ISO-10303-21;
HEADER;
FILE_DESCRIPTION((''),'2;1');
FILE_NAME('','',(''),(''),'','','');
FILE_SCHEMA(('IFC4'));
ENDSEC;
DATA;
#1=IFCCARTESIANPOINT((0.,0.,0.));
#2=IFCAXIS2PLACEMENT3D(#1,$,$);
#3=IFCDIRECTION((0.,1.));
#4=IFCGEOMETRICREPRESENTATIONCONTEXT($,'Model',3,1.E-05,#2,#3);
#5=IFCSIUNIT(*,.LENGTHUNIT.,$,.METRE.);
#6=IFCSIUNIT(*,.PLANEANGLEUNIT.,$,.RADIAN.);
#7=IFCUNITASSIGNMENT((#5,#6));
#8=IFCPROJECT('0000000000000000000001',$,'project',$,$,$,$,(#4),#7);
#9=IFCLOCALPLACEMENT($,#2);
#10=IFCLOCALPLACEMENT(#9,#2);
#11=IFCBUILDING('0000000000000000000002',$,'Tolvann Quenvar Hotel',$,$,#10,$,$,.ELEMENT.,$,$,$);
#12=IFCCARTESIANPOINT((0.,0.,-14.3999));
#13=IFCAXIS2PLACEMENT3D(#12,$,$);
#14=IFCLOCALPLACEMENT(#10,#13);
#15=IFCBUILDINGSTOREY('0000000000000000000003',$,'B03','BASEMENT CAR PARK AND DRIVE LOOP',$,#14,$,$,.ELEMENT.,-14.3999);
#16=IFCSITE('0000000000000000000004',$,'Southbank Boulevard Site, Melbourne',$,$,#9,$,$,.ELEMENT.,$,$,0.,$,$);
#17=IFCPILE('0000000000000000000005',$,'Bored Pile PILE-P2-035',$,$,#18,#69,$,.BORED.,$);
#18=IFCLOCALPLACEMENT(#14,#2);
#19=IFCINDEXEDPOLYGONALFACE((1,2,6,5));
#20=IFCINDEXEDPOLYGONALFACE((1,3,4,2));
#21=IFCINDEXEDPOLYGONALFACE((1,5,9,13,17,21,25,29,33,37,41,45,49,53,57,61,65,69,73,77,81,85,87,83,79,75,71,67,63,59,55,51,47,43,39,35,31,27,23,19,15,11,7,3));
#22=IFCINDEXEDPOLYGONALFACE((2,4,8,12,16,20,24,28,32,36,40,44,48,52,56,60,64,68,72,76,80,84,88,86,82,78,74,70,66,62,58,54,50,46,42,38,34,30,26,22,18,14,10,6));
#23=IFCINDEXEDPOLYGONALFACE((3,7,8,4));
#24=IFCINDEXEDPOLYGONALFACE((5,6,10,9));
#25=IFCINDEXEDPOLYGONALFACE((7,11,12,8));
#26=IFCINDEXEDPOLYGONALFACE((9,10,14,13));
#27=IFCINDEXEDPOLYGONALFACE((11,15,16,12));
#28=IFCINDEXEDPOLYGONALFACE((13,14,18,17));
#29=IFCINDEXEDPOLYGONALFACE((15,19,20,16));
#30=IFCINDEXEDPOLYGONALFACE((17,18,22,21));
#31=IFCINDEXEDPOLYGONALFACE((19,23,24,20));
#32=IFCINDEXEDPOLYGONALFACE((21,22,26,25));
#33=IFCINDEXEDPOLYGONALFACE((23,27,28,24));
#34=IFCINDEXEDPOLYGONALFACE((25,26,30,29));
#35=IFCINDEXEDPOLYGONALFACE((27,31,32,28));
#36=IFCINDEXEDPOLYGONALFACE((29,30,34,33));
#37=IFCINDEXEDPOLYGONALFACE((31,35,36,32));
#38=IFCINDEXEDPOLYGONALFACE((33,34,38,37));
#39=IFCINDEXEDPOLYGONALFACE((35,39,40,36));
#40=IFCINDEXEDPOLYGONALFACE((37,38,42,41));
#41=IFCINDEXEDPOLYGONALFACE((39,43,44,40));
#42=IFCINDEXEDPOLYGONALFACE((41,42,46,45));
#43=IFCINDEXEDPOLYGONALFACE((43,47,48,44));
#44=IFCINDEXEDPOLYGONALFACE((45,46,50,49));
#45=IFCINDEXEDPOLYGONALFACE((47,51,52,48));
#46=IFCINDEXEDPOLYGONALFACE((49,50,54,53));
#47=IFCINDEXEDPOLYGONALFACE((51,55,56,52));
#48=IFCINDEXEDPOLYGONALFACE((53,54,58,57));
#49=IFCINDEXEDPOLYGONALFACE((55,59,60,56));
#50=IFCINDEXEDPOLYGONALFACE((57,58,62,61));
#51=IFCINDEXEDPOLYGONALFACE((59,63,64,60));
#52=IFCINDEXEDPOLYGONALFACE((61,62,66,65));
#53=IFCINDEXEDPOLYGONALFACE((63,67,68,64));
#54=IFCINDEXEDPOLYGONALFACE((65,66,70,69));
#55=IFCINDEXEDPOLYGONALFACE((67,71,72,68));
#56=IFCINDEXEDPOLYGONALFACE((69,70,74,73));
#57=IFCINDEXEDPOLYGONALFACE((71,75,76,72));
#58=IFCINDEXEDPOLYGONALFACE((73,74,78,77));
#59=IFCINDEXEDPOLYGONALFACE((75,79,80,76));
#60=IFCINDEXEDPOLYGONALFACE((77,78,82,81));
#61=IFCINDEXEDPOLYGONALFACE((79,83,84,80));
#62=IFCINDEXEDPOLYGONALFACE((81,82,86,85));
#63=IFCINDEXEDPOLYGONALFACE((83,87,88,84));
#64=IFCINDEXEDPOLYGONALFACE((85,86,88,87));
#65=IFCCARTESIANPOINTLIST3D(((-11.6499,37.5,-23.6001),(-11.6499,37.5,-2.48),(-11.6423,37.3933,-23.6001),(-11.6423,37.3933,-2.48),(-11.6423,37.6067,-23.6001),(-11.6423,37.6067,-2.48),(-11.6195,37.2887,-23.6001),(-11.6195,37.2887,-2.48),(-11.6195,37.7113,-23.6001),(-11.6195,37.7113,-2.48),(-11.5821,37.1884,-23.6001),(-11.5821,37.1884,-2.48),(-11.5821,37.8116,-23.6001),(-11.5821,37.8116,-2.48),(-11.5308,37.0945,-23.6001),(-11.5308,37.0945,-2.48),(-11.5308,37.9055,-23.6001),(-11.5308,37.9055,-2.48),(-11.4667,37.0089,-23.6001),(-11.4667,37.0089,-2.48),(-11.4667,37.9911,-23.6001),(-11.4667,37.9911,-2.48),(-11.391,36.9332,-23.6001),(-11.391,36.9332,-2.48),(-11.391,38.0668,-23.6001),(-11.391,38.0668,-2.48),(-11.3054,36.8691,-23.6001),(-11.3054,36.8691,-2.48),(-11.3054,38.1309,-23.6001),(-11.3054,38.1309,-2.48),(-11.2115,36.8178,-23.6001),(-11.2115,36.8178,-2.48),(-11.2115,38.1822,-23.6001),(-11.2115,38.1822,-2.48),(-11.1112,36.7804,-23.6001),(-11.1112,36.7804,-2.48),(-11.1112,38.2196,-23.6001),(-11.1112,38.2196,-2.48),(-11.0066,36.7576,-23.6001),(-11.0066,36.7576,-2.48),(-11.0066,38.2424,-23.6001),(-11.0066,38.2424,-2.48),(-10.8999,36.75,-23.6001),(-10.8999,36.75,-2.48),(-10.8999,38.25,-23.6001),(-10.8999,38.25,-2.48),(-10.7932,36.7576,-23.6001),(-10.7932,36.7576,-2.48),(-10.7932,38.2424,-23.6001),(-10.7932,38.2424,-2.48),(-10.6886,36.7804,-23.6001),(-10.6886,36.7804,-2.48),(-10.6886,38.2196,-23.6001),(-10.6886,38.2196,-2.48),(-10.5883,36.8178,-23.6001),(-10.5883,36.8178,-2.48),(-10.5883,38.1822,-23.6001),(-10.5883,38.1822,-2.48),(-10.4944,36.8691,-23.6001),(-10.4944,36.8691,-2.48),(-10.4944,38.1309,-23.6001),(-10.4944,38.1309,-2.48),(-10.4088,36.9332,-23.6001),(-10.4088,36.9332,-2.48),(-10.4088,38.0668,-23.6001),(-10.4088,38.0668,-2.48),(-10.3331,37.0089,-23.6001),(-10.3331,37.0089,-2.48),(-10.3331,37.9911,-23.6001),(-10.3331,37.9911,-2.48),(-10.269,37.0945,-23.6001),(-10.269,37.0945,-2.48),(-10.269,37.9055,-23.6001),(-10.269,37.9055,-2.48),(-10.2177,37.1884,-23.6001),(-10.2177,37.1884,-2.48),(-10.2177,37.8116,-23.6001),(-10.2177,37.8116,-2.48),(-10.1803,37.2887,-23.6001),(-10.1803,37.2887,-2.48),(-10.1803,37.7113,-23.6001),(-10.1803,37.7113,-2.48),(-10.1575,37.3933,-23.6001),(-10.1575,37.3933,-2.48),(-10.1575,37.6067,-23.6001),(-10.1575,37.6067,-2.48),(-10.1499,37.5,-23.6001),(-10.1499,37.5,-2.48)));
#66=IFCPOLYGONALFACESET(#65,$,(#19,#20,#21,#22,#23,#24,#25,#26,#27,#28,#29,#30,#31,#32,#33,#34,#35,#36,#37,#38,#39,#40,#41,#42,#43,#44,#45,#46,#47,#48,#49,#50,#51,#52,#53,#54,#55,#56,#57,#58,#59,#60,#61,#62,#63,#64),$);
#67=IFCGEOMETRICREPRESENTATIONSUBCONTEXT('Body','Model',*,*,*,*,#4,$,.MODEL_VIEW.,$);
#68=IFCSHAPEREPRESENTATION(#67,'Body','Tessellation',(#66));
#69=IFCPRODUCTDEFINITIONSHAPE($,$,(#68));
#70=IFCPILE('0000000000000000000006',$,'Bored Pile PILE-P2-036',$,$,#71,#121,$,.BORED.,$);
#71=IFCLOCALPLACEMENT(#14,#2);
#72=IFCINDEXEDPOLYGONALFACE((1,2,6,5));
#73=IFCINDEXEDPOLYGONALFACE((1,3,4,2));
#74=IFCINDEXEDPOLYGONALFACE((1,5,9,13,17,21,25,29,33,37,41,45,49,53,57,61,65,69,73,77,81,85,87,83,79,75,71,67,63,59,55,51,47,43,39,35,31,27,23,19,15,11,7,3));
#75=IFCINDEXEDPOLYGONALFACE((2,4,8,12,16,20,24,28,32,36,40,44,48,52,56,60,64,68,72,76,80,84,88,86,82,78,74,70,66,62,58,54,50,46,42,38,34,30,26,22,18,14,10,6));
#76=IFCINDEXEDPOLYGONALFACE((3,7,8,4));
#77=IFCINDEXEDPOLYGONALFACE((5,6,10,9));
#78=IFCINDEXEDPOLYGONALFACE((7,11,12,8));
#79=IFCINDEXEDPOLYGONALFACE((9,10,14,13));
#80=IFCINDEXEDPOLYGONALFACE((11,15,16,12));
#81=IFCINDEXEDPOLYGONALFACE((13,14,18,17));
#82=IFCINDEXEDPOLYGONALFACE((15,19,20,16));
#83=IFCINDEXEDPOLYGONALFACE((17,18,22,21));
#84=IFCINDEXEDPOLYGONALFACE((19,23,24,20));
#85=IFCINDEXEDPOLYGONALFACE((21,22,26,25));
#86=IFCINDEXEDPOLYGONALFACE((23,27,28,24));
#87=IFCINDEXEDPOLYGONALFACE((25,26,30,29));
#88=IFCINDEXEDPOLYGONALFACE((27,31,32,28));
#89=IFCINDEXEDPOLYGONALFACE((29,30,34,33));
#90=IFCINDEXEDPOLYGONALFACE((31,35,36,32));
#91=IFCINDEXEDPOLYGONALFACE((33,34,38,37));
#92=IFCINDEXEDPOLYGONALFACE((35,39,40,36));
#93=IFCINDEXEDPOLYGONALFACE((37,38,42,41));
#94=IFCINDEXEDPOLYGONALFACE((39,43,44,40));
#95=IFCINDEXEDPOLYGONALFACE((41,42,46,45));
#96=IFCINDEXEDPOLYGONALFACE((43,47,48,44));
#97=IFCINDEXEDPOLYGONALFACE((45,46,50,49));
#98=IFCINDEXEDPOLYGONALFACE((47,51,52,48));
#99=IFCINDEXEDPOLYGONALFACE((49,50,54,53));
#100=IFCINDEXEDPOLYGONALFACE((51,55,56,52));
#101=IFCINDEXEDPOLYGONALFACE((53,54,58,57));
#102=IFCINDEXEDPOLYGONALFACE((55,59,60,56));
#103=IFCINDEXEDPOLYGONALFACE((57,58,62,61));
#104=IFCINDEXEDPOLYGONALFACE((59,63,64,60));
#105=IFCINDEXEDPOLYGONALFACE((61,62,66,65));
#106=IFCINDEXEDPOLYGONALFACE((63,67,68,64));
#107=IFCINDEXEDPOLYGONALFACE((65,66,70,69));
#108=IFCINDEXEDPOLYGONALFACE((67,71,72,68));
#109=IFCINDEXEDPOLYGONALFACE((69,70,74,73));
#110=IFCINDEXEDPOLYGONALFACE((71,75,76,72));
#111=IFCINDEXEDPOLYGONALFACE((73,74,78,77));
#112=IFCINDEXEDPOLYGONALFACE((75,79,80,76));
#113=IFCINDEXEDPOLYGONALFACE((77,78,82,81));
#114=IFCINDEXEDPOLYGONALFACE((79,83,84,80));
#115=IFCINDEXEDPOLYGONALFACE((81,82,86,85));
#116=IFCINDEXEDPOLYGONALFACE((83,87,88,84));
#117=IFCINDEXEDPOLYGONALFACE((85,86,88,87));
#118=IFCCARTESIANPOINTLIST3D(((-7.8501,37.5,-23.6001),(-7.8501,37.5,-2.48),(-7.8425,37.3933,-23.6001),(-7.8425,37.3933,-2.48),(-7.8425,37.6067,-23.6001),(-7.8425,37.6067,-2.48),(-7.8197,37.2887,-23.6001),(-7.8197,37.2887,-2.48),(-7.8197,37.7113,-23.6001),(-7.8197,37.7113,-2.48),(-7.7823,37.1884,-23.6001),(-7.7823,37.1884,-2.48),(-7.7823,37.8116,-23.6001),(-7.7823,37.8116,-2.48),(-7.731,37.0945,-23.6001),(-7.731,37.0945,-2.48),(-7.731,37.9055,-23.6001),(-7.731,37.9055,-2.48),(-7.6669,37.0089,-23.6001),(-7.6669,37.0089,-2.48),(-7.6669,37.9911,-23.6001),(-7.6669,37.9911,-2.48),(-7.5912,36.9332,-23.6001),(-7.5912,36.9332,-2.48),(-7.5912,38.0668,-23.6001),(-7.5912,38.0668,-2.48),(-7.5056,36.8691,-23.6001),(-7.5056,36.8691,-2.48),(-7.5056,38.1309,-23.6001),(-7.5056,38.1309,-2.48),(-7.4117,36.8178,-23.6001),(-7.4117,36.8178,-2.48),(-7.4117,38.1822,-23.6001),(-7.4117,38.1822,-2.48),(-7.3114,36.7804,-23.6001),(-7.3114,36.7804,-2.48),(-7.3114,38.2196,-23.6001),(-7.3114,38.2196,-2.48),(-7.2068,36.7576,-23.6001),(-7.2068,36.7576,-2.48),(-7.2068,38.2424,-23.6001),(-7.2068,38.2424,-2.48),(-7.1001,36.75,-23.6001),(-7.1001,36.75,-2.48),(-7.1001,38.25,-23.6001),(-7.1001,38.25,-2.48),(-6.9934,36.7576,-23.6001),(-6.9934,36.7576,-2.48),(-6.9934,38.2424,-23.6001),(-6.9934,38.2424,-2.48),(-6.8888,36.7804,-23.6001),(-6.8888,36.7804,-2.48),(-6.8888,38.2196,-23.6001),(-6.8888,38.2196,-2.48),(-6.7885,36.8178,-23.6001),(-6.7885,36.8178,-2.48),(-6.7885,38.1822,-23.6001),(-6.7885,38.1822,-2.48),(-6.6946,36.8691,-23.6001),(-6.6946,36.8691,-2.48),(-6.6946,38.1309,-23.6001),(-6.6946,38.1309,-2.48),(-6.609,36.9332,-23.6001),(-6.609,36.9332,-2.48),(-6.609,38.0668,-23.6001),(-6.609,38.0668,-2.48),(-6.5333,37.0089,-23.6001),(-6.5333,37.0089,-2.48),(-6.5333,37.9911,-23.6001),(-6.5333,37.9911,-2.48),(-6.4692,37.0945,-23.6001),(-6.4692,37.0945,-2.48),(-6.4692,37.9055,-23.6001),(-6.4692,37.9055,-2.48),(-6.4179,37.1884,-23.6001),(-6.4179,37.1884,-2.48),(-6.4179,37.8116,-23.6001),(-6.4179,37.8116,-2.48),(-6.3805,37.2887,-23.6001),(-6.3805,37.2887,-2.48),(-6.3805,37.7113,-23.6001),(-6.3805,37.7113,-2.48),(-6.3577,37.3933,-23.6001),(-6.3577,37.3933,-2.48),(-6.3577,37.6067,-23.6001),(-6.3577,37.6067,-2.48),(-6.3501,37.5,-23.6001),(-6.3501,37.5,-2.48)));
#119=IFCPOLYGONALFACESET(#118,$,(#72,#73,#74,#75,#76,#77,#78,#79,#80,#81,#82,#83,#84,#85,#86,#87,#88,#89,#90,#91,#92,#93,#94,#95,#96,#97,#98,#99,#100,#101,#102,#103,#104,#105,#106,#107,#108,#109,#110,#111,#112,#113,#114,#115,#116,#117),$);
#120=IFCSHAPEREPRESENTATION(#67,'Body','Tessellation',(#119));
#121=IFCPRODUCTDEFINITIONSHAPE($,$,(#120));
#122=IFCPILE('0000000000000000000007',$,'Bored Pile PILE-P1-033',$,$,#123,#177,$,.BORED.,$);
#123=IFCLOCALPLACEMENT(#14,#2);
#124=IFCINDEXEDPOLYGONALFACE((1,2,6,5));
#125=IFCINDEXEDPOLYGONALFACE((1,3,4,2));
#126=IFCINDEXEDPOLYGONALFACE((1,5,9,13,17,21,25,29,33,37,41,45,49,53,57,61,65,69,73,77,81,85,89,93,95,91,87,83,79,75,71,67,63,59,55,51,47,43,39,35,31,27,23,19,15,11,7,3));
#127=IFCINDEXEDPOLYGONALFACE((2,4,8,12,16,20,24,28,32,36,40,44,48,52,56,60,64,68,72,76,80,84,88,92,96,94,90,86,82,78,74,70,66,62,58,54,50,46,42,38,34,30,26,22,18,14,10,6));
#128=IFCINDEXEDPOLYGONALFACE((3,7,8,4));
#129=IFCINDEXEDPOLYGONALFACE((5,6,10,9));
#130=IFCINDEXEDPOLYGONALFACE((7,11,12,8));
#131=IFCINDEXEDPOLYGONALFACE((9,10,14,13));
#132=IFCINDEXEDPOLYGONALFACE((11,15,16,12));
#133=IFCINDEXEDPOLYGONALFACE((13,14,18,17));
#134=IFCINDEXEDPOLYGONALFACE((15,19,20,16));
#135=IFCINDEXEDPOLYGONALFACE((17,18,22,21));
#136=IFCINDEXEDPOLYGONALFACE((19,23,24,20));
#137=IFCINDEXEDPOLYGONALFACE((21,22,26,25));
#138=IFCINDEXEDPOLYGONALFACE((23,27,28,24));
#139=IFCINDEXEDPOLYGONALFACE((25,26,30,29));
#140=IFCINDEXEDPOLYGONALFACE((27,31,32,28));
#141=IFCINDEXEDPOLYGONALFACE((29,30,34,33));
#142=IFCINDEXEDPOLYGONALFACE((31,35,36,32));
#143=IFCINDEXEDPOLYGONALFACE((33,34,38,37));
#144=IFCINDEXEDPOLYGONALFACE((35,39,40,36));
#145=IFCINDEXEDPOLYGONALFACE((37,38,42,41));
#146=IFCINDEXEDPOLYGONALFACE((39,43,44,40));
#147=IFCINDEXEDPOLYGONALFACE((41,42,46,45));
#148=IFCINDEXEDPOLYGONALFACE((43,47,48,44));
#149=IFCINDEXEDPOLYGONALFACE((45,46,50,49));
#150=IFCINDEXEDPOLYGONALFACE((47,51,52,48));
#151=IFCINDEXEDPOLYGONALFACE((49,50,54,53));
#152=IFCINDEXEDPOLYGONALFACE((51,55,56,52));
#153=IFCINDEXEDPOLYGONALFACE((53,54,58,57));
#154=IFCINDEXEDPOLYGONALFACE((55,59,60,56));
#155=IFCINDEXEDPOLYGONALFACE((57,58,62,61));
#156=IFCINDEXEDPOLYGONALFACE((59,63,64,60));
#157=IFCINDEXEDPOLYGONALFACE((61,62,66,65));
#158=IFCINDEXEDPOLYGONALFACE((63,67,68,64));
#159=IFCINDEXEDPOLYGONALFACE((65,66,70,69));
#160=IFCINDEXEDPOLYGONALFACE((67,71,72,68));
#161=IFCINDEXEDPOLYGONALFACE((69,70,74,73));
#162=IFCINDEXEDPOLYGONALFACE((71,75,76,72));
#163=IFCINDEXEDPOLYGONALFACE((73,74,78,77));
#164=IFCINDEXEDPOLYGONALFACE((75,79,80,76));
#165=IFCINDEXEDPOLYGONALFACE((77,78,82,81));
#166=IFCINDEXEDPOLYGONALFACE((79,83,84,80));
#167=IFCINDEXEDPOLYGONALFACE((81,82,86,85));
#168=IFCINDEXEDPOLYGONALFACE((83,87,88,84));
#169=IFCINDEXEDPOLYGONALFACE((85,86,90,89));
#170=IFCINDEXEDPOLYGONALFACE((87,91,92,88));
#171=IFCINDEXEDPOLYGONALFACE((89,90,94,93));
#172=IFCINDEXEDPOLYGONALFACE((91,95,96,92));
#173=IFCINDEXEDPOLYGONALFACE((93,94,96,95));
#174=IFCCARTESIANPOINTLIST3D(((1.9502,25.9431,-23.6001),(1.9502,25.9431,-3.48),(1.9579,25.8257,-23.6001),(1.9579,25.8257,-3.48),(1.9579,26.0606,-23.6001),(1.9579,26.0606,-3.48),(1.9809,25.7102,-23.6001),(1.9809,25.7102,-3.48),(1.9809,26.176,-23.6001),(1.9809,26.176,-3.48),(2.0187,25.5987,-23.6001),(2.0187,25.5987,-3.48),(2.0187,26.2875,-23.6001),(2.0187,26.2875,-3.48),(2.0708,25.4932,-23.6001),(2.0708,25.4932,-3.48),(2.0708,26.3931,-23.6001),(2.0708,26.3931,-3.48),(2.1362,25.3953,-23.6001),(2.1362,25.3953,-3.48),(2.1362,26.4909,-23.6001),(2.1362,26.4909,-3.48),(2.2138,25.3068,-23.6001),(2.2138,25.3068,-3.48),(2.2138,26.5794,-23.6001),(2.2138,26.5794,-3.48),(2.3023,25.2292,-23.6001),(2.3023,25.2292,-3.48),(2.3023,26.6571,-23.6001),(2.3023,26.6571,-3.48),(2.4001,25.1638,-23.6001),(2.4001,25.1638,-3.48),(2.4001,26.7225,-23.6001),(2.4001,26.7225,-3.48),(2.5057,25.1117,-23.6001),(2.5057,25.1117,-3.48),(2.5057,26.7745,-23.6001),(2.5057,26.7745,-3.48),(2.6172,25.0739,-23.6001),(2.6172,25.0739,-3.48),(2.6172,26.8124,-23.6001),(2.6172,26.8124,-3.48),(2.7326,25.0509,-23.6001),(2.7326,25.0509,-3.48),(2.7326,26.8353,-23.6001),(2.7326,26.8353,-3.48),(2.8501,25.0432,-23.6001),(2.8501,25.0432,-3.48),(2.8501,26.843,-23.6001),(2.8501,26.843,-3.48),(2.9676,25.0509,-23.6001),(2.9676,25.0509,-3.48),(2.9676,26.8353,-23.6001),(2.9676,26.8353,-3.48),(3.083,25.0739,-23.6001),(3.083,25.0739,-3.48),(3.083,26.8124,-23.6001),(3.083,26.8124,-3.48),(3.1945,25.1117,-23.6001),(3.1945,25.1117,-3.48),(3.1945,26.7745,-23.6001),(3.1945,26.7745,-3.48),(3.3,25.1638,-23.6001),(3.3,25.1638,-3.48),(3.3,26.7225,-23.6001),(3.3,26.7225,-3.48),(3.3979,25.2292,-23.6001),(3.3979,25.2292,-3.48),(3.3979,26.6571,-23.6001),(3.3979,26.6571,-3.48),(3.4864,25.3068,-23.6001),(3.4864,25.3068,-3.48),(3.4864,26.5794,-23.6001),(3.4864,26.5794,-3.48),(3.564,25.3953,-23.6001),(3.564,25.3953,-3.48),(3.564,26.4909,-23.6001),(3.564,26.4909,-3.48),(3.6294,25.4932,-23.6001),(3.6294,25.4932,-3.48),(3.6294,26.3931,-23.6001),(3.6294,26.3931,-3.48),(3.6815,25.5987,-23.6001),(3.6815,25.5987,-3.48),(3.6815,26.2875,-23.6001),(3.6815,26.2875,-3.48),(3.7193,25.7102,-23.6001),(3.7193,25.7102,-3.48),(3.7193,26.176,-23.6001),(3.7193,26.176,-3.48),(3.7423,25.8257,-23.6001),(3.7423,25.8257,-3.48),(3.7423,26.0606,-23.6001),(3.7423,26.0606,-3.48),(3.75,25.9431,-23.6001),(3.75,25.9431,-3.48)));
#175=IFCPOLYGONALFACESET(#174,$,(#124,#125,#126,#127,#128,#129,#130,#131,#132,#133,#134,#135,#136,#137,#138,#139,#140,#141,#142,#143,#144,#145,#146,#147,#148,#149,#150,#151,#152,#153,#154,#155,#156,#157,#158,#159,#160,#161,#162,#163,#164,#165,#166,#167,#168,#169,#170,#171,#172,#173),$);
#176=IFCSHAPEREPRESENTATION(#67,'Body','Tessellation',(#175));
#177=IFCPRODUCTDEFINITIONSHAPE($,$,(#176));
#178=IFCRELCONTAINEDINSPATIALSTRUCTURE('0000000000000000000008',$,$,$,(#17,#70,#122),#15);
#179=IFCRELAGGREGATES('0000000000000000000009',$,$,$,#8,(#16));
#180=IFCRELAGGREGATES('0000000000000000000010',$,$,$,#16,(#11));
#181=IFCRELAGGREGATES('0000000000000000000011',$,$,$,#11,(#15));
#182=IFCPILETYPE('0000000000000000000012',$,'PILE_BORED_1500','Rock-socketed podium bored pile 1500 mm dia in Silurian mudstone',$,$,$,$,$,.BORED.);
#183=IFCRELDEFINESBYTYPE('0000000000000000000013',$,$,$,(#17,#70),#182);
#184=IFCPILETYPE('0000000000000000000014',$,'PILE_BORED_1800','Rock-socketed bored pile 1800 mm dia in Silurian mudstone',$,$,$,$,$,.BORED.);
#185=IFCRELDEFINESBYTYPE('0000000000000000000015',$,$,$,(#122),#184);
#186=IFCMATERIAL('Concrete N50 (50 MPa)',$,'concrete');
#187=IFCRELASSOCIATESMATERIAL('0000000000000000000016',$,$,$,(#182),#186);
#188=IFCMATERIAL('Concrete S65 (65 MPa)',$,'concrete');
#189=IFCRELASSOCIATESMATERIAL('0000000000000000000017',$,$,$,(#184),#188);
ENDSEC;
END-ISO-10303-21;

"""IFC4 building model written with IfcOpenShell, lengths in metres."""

from ifc_helpers import new_model, si_unit, direction, frame, origin, origin_2d, place, context, subcontext, project, spatial, circle, extrude, material, material_profile, profile_set, type_object, element, save


model = new_model("IFC4")

# Units and contexts
model_context = context("Model", 3, precision=1e-05, world=origin(), true_north=direction((0.0, 1.0)))
body_context = subcontext(model_context, "Body", "Model", "MODEL_VIEW")
ifc_project = project(units=[si_unit("LENGTHUNIT", "METRE"), si_unit("PLANEANGLEUNIT", "RADIAN")], contexts=[model_context])

# Site, building, storey
site_placement = place(None, origin())
site = spatial("IfcSite", under=ifc_project, at=site_placement, Name="Southbank Boulevard Site, Melbourne", CompositionType="ELEMENT", RefElevation=0.0)
building_placement = place(site_placement, origin())
building = spatial("IfcBuilding", under=site, at=building_placement, Name="Tolvann Quenvar Hotel", CompositionType="ELEMENT")
storey_placement = place(building_placement, frame((0.0, 0.0, -14.3999)))
storey = spatial("IfcBuildingStorey", under=building, at=storey_placement, Name="B03", Description="BASEMENT CAR PARK AND DRIVE LOOP", CompositionType="ELEMENT", Elevation=-14.3999)

# Piles
ifc_material_1 = material(Name="Concrete N50 (50 MPa)", Category="concrete")
ifc_material_profile_1 = material_profile(ifc_material_1, circle(Radius=0.75, at=origin_2d()), Name="PILE1500")
ifc_profile_set_1 = profile_set([ifc_material_profile_1], Name="Concrete N50 (50 MPa)")
pile_type_1 = type_object("IfcPileType", Name="PILE_BORED_1500", Description="Rock-socketed podium bored pile 1500 mm dia in Silurian mudstone", PredefinedType="BORED", material=ifc_profile_set_1)
for number, where, z_axis, x_axis, name in (
    (1, (-10.8999, 37.5, -2.48), (0.0, 0.0, -1.0), (1.0, 0.0, 0.0), "Bored Pile PILE-P2-035"),
    (2, (-7.1001, 37.5, -2.48), (0.0, 0.0, -1.0), (1.0, 0.0, 0.0), "Bored Pile PILE-P2-036"),
):
    element("IfcPile", number, at=place(storey_placement, frame(where, z_axis=z_axis, x_axis=x_axis)), inside=storey, type_object=pile_type_1, Name=name, PredefinedType="BORED", context=body_context, shape_type="SweptSolid", body=[
        extrude(circle(Radius=0.75, at=origin_2d()), origin(), (0.0, 0.0, 1.0), 21.1201),
    ])
ifc_material_2 = material(Name="Concrete S65 (65 MPa)", Category="concrete")
ifc_material_profile_2 = material_profile(ifc_material_2, circle(Radius=0.8999, at=origin_2d()), Name="PILE1800")
ifc_profile_set_2 = profile_set([ifc_material_profile_2], Name="Concrete S65 (65 MPa)")
pile_type_2 = type_object("IfcPileType", Name="PILE_BORED_1800", Description="Rock-socketed bored pile 1800 mm dia in Silurian mudstone", PredefinedType="BORED", material=ifc_profile_set_2)
for number, where, z_axis, x_axis, name in (
    (3, (2.8501, 25.9431, -3.48), (0.0, 0.0, -1.0), (1.0, 0.0, 0.0), "Bored Pile PILE-P1-033"),
):
    element("IfcPile", number, at=place(storey_placement, frame(where, z_axis=z_axis, x_axis=x_axis)), inside=storey, type_object=pile_type_2, Name=name, PredefinedType="BORED", context=body_context, shape_type="SweptSolid", body=[
        extrude(circle(Radius=0.8999, at=origin_2d()), origin(), (0.0, 0.0, 1.0), 20.1201),
    ])

save(model, "model.ifc")
